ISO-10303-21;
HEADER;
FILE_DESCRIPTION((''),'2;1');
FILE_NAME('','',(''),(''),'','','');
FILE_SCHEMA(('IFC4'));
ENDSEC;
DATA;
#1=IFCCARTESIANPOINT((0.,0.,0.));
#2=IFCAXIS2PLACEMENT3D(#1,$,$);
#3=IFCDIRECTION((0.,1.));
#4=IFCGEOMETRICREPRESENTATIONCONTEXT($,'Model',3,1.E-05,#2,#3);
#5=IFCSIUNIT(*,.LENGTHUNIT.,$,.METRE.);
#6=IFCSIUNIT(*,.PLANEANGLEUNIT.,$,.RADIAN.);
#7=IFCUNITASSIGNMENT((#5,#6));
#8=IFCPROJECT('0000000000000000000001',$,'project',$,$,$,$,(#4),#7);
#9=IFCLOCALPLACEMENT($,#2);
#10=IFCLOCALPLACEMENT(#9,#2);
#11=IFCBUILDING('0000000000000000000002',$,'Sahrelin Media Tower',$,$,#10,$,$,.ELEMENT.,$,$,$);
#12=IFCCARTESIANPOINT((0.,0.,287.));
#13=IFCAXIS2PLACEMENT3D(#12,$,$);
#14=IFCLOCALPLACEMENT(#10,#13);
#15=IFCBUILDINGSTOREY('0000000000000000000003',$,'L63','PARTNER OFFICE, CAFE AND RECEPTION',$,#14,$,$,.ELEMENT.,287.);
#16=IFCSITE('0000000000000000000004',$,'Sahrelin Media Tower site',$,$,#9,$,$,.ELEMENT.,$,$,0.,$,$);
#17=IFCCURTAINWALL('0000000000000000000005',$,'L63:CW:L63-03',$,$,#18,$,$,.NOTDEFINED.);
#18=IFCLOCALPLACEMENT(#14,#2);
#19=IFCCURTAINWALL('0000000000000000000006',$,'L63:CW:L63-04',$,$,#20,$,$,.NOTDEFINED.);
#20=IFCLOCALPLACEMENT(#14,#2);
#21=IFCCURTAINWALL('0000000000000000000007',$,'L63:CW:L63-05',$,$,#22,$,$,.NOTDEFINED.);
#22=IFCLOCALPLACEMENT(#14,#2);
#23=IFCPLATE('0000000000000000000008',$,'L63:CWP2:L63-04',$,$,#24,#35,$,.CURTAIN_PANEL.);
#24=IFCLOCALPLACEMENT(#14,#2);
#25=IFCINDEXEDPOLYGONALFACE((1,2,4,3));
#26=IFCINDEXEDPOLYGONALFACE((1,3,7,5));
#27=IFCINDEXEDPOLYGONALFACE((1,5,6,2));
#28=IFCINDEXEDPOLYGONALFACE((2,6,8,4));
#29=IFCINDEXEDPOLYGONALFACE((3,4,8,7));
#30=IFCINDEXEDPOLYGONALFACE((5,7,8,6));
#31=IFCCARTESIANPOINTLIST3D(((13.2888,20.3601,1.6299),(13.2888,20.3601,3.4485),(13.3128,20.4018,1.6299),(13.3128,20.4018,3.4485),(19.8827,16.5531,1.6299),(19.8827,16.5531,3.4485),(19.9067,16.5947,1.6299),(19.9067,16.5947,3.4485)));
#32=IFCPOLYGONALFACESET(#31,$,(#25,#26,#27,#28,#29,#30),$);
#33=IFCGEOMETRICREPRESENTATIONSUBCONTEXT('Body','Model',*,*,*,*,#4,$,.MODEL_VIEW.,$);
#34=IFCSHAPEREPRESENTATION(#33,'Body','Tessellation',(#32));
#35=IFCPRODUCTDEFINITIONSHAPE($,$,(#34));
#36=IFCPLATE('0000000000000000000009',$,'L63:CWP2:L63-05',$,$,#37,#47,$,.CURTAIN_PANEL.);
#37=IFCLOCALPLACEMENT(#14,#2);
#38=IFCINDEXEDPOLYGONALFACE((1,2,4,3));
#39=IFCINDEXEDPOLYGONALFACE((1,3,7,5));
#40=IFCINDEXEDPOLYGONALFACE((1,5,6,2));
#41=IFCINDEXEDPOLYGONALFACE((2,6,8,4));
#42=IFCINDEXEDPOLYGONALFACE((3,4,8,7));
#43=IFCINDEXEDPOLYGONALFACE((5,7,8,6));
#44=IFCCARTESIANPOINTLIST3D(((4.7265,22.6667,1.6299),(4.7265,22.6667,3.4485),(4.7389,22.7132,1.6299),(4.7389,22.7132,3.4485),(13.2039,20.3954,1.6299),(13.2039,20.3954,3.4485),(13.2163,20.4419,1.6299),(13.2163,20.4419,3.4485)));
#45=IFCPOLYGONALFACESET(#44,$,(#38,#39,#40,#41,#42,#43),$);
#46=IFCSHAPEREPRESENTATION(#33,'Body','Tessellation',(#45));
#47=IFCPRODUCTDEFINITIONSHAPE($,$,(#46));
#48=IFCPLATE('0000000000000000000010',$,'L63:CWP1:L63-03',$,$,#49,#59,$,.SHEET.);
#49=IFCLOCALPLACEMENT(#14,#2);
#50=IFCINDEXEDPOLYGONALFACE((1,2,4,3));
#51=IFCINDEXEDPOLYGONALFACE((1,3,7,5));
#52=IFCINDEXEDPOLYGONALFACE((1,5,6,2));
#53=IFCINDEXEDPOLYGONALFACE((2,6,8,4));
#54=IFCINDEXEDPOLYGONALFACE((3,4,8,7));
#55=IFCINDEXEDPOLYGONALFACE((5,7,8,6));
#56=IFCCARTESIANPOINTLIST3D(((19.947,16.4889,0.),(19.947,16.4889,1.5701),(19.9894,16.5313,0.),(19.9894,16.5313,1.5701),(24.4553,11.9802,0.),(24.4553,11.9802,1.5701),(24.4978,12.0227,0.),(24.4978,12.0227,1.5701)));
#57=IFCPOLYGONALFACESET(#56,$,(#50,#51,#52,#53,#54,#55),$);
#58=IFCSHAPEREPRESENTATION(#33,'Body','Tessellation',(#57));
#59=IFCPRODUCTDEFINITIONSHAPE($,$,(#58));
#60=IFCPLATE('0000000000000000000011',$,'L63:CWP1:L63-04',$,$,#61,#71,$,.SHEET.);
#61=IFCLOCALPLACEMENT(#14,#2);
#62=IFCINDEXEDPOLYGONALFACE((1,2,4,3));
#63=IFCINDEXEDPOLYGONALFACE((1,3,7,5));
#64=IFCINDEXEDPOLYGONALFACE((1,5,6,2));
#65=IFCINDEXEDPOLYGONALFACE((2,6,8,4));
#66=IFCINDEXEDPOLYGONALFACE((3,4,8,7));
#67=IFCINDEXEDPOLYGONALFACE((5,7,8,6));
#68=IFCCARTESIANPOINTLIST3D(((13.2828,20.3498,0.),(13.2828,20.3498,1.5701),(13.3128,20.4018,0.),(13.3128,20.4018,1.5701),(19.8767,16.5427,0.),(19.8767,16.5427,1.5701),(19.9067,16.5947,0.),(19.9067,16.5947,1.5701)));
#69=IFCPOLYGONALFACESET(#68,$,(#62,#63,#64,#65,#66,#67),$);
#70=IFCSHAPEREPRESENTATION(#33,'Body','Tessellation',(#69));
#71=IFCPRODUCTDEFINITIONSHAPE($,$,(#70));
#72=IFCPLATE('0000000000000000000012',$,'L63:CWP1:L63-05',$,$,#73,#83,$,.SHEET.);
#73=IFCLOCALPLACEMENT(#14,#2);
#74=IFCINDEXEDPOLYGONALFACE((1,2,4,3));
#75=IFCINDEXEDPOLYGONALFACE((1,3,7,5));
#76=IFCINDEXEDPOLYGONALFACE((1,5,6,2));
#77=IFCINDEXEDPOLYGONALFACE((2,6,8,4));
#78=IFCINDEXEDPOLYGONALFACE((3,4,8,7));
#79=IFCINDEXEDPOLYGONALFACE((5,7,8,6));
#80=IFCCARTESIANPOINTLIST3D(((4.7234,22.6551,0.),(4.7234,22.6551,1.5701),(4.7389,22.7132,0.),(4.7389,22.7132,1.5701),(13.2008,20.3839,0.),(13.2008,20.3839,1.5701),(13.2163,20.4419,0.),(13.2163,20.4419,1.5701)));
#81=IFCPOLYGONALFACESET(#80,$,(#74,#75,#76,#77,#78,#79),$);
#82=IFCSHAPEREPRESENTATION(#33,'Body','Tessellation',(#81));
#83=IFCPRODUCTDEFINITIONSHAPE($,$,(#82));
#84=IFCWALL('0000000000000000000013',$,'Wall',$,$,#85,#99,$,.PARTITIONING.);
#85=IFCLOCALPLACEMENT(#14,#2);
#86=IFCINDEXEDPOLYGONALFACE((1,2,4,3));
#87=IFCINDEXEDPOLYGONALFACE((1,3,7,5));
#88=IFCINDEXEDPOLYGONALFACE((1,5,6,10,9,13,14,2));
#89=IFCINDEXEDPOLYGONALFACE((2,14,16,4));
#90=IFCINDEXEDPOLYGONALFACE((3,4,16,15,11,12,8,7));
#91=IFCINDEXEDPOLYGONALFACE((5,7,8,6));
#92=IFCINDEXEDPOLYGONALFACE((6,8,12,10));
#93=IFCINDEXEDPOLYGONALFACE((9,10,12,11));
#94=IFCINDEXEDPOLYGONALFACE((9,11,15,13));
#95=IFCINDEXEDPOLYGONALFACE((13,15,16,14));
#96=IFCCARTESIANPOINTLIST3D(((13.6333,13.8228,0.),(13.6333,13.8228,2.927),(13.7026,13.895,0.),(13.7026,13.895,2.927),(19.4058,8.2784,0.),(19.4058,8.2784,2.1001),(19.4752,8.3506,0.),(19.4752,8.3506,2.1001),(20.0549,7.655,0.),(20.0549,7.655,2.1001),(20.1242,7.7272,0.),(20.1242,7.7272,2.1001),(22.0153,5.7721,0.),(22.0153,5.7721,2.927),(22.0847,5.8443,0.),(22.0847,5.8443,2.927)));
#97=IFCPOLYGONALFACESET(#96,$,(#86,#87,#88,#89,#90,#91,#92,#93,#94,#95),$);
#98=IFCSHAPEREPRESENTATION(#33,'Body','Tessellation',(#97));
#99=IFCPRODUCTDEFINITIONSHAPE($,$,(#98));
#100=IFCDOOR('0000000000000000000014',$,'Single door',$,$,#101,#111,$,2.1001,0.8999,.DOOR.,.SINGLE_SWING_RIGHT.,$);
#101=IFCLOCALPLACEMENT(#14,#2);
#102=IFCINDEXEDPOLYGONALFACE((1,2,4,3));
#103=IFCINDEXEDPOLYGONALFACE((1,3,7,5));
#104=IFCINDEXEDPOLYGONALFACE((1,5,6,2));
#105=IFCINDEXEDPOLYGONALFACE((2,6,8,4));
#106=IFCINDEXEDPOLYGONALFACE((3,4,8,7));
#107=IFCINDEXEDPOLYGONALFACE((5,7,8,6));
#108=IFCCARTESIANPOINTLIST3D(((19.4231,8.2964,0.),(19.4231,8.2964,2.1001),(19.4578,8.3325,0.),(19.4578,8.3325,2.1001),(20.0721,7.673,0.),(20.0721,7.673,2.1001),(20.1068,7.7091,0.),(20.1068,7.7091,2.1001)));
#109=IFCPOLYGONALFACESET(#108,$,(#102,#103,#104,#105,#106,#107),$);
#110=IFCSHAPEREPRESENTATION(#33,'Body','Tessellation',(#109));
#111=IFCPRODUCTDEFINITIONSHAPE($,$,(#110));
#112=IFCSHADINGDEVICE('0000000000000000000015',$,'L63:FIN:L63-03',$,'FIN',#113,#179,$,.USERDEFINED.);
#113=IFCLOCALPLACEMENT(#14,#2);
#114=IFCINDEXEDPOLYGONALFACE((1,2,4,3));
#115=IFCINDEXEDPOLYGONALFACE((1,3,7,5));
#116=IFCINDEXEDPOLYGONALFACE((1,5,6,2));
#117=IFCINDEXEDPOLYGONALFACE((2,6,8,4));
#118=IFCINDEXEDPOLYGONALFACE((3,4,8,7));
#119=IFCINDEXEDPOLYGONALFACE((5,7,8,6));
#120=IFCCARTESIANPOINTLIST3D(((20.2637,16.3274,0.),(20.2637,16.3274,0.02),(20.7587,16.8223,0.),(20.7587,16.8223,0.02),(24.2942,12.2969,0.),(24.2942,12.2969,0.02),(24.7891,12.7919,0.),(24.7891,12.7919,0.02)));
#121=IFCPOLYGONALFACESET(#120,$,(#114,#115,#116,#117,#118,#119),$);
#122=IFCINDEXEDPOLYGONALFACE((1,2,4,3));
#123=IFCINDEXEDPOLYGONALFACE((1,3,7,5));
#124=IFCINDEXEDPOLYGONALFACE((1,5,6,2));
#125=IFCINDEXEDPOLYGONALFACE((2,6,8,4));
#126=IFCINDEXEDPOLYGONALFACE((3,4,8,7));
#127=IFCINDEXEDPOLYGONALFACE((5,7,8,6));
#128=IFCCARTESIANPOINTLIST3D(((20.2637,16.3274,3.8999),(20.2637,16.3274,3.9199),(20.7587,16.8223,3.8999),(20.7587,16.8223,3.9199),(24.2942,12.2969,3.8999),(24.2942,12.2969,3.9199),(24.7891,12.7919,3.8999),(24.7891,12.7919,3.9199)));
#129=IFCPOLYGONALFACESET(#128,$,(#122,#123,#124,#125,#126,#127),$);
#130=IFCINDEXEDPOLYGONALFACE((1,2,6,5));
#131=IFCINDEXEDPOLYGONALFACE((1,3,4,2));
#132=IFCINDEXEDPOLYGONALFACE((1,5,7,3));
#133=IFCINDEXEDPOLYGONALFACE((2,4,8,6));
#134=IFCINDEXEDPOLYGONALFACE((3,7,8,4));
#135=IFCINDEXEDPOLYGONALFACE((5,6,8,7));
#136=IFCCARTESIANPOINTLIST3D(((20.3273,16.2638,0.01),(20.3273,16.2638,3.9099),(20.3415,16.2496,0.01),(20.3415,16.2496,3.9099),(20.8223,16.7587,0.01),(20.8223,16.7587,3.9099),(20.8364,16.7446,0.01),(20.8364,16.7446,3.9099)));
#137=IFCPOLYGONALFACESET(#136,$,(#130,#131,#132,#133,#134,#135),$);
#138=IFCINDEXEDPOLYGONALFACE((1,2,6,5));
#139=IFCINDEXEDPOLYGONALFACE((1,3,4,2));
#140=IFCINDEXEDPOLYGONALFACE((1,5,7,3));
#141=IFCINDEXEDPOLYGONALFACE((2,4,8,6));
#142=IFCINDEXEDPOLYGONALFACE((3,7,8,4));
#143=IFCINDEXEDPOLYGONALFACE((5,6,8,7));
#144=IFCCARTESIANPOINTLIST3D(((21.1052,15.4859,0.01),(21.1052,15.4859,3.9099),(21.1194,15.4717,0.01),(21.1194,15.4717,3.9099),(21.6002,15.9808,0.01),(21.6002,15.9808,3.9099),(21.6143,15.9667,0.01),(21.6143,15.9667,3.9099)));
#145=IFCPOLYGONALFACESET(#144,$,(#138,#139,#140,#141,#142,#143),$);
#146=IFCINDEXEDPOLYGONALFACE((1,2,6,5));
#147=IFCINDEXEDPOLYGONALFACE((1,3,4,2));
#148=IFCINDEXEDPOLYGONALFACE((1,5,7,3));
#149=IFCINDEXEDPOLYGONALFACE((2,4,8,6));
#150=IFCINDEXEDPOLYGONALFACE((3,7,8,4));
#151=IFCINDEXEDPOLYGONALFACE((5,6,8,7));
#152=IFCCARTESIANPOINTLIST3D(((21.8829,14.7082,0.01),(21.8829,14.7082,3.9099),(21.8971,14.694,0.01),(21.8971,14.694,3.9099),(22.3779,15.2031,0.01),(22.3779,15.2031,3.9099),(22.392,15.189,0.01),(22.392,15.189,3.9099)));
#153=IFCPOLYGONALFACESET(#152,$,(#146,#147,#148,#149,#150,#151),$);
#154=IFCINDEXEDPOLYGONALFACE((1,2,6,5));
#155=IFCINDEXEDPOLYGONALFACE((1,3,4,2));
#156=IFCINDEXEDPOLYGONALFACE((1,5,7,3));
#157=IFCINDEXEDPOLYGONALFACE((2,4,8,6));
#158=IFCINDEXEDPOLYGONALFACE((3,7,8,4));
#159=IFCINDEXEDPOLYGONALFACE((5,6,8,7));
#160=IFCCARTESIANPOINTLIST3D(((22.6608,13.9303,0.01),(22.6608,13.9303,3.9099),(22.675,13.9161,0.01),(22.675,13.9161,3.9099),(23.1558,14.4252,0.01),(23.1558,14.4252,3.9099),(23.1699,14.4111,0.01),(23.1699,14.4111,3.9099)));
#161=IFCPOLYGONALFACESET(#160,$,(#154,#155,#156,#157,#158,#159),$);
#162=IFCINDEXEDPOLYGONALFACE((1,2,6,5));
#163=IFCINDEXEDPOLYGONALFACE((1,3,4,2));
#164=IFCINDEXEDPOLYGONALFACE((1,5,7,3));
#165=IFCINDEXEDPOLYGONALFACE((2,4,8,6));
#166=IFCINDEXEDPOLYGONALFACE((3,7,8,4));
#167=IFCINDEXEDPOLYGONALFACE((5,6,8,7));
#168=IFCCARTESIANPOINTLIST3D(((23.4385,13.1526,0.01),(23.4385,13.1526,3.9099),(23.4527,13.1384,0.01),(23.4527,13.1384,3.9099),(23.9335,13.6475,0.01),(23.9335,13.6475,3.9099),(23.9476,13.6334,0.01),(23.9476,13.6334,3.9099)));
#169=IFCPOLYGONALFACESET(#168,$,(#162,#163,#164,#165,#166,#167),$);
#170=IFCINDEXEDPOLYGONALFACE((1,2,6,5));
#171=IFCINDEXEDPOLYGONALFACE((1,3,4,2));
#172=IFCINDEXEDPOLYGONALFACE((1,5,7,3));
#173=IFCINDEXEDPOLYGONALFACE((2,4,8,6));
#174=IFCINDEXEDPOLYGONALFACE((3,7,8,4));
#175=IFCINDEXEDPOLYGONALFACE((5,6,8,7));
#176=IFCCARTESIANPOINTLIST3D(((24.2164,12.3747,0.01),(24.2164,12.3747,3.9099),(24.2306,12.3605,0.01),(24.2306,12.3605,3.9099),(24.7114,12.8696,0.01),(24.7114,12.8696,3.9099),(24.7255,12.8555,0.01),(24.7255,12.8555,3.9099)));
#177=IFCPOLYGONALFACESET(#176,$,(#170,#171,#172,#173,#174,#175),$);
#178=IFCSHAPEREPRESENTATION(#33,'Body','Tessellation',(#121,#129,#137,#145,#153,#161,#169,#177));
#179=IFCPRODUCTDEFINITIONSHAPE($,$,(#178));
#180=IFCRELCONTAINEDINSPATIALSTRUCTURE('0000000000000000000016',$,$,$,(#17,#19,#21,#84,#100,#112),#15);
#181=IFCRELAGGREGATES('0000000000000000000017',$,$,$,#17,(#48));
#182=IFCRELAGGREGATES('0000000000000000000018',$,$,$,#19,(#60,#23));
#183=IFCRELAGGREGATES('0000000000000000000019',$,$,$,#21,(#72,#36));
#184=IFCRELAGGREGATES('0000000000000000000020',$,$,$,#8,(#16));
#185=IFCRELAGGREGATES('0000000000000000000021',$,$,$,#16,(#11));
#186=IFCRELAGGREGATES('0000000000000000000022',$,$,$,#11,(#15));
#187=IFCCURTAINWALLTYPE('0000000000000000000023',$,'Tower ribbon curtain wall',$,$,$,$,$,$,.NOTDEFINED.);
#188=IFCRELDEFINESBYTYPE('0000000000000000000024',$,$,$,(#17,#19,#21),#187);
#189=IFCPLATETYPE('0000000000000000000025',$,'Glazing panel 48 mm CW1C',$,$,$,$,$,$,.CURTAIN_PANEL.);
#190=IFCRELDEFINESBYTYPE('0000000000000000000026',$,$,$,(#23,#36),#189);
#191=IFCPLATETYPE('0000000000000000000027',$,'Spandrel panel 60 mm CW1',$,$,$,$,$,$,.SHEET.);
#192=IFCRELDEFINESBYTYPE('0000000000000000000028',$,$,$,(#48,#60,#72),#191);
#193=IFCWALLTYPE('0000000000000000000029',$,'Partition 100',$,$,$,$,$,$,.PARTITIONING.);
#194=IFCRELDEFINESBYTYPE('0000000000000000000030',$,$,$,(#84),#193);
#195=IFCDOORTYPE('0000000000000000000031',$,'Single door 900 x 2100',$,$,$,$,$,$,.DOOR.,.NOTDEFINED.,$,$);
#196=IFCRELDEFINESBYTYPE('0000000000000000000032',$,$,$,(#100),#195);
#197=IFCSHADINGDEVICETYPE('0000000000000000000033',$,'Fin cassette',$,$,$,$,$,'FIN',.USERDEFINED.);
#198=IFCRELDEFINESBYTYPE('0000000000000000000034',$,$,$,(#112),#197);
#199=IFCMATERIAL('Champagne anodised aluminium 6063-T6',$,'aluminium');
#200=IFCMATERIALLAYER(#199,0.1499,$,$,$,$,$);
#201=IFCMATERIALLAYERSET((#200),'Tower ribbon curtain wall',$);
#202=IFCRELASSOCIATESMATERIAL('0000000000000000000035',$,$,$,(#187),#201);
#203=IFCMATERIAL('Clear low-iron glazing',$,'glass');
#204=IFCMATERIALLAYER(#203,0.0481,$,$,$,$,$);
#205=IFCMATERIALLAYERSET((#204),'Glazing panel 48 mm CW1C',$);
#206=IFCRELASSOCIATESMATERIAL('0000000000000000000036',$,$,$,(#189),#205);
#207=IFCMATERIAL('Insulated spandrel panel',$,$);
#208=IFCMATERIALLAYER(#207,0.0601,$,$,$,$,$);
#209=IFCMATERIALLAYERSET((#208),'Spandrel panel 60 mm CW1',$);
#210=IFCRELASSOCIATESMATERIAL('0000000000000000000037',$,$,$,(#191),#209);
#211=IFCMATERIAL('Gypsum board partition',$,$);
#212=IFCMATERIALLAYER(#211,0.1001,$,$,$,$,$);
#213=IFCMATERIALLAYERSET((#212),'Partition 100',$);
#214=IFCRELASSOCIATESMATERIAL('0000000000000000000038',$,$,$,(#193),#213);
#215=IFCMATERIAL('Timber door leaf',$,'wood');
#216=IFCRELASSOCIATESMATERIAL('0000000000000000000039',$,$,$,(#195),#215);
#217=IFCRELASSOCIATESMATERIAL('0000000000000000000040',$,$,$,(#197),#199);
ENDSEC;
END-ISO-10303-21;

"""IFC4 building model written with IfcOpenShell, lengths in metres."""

from ifc_helpers import new_model, si_unit, direction, frame, frame_2d, origin, origin_2d, place, context, subcontext, project, spatial, polyline, rectangle, outline, extrude, material, layer, layer_set, type_object, element, fill, aggregate, save


model = new_model("IFC4")

# Units and contexts
model_context = context("Model", 3, precision=1e-05, world=origin(), true_north=direction((0.0, 1.0)))
body_context = subcontext(model_context, "Body", "Model", "MODEL_VIEW")
ifc_project = project(units=[si_unit("LENGTHUNIT", "METRE"), si_unit("PLANEANGLEUNIT", "RADIAN")], contexts=[model_context])

# Site, building, storey
site_placement = place(None, origin())
site = spatial("IfcSite", under=ifc_project, at=site_placement, Name="Sahrelin Media Tower site", CompositionType="ELEMENT", RefElevation=0.0)
building_placement = place(site_placement, origin())
building = spatial("IfcBuilding", under=site, at=building_placement, Name="Sahrelin Media Tower", CompositionType="ELEMENT")
storey_placement = place(building_placement, frame((0.0, 0.0, 287.0)))
storey = spatial("IfcBuildingStorey", under=building, at=storey_placement, Name="L63", Description="PARTNER OFFICE, CAFE AND RECEPTION", CompositionType="ELEMENT", Elevation=287.0)

# Curtain walls
ifc_material_1 = material(Name="Champagne anodised aluminium 6063-T6", Category="aluminium")
ifc_layer_1 = layer(ifc_material_1, 0.1499)
ifc_layer_set_1 = layer_set([ifc_layer_1], Name="Tower ribbon curtain wall")
curtain_wall_type = type_object("IfcCurtainWallType", Name="Tower ribbon curtain wall", PredefinedType="NOTDEFINED", material=ifc_layer_set_1)
curtain_wall_1_placement = place(storey_placement, frame((22.2295, 14.2627, 0.0), z_axis=(0.0, 0.0, 1.0), x_axis=(1.0, 0.0, 0.0)))
curtain_wall_1 = element("IfcCurtainWall", 1, at=curtain_wall_1_placement, inside=storey, type_object=curtain_wall_type, Name="L63:CW:L63-03", PredefinedType="NOTDEFINED")
curtain_wall_2_placement = place(storey_placement, frame((16.5999, 18.481, 0.0), z_axis=(0.0, 0.0, 1.0), x_axis=(1.0, 0.0, 0.0)))
curtain_wall_2 = element("IfcCurtainWall", 2, at=curtain_wall_2_placement, inside=storey, type_object=curtain_wall_type, Name="L63:CW:L63-04", PredefinedType="NOTDEFINED")

# Curtain wall
curtain_wall_3_placement = place(storey_placement, frame((8.9724, 21.5581, 0.0), z_axis=(0.0, 0.0, 1.0), x_axis=(1.0, 0.0, 0.0)))
curtain_wall_3 = element("IfcCurtainWall", 3, at=curtain_wall_3_placement, inside=storey, type_object=curtain_wall_type, Name="L63:CW:L63-05", PredefinedType="NOTDEFINED")

# Plates
ifc_material_2 = material(Name="Clear low-iron glazing", Category="glass")
ifc_layer_2 = layer(ifc_material_2, 0.0481)
ifc_layer_set_2 = layer_set([ifc_layer_2], Name="Glazing panel 48 mm CW1C")
plate_type_1 = type_object("IfcPlateType", Name="Glazing panel 48 mm CW1C", PredefinedType="CURTAIN_PANEL", material=ifc_layer_set_2)
plate_1_placement = place(storey_placement, frame((19.9067, 16.5947, 1.6299), z_axis=(0.500008, 0.866021, 0.0), x_axis=(-0.866021, 0.500008, 0.0)))
plate_1 = element("IfcPlate", 4, at=plate_1_placement, type_object=plate_type_1, Name="L63:CWP2:L63-04", PredefinedType="CURTAIN_PANEL", context=body_context, shape_type="SweptSolid", body=[
    extrude(outline(polyline([(0.0, 0.0), (7.614, 0.0), (7.614, 1.8186), (0.0, 1.8186), (0.0, 0.0)])), origin(), (0.0, 0.0, -1.0), 0.0481),
])
plate_2_placement = place(storey_placement, frame((13.2163, 20.4419, 1.6299), z_axis=(0.258793, 0.965933, 0.0), x_axis=(-0.965933, 0.258793, 0.0)))
plate_2 = element("IfcPlate", 5, at=plate_2_placement, type_object=plate_type_1, Name="L63:CWP2:L63-05", PredefinedType="CURTAIN_PANEL", context=body_context, shape_type="SweptSolid", body=[
    extrude(outline(polyline([(0.0, 0.0), (8.7764, 0.0), (8.7764, 1.8186), (0.0, 1.8186), (0.0, 0.0)])), origin(), (0.0, 0.0, -1.0), 0.0481),
])
ifc_material_3 = material(Name="Insulated spandrel panel")
ifc_layer_3 = layer(ifc_material_3, 0.0601)
ifc_layer_set_3 = layer_set([ifc_layer_3], Name="Spandrel panel 60 mm CW1")
plate_type_2 = type_object("IfcPlateType", Name="Spandrel panel 60 mm CW1", PredefinedType="SHEET", material=ifc_layer_set_3)
plate_3_placement = place(storey_placement, frame((24.4978, 12.0227, 0.0), z_axis=(0.707126, 0.707088, 0.0), x_axis=(-0.707088, 0.707126, 0.0)))
plate_3 = element("IfcPlate", 6, at=plate_3_placement, type_object=plate_type_2, Name="L63:CWP1:L63-03", PredefinedType="SHEET", context=body_context, shape_type="SweptSolid", body=[
    extrude(outline(polyline([(0.0, 0.0), (6.376, 0.0), (6.376, 1.5701), (0.0, 1.5701), (0.0, 0.0)])), origin(), (0.0, 0.0, -1.0), 0.0601),
])
aggregate(curtain_wall_1, [plate_3])
plate_4_placement = place(storey_placement, frame((19.9067, 16.5947, 0.0), z_axis=(0.500008, 0.866021, 0.0), x_axis=(-0.866021, 0.500008, 0.0)))
plate_4 = element("IfcPlate", 7, at=plate_4_placement, type_object=plate_type_2, Name="L63:CWP1:L63-04", PredefinedType="SHEET", context=body_context, shape_type="SweptSolid", body=[
    extrude(outline(polyline([(0.0, 0.0), (7.614, 0.0), (7.614, 1.5701), (0.0, 1.5701), (0.0, 0.0)])), origin(), (0.0, 0.0, -1.0), 0.0601),
])
aggregate(curtain_wall_2, [plate_4, plate_1])
plate_5_placement = place(storey_placement, frame((13.2163, 20.4419, 0.0), z_axis=(0.258793, 0.965933, 0.0), x_axis=(-0.965933, 0.258793, 0.0)))
plate_5 = element("IfcPlate", 8, at=plate_5_placement, type_object=plate_type_2, Name="L63:CWP1:L63-05", PredefinedType="SHEET", context=body_context, shape_type="SweptSolid", body=[
    extrude(outline(polyline([(0.0, 0.0), (8.7764, 0.0), (8.7764, 1.5701), (0.0, 1.5701), (0.0, 0.0)])), origin(), (0.0, 0.0, -1.0), 0.0601),
])
aggregate(curtain_wall_3, [plate_5, plate_2])

# Wall, opening, door
ifc_material_4 = material(Name="Gypsum board partition")
ifc_layer_4 = layer(ifc_material_4, 0.1001)
ifc_layer_set_4 = layer_set([ifc_layer_4], Name="Partition 100")
wall_type = type_object("IfcWallType", Name="Partition 100", PredefinedType="PARTITIONING", material=ifc_layer_set_4)
wall_placement = place(storey_placement, frame((13.668, 13.8589, 0.0), z_axis=(0.0, 0.0, 1.0), x_axis=(0.721216, -0.69271, 0.0)))
wall = element("IfcWall", 9, at=wall_placement, inside=storey, type_object=wall_type, Name="Wall", PredefinedType="PARTITIONING", context=body_context, shape_type="SweptSolid", body=[
    extrude(rectangle(XDim=11.6221, YDim=0.1001, at=frame_2d((5.811, 0.0))), origin(), (0.0, 0.0, 1.0), 2.927),
])
opening_placement = place(wall_placement, frame((8.0039, 0.0, 0.0)))
opening = element("IfcOpeningElement", 10, at=opening_placement, cuts=wall, PredefinedType="OPENING", context=body_context, shape_type="SweptSolid", body=[
    extrude(rectangle(XDim=0.8999, YDim=2.1001, at=frame_2d((0.45, 1.05))), frame((0.0, 0.05, 0.0), z_axis=(0.0, -1.0, 0.0), x_axis=(1.0, 0.0, 0.0)), (0.0, 0.0, 1.0), 0.1001),
])
ifc_material_5 = material(Name="Timber door leaf", Category="wood")
door_type = type_object("IfcDoorType", Name="Single door 900 x 2100", OperationType="NOTDEFINED", PredefinedType="DOOR", material=ifc_material_5)
door_placement = place(opening_placement, origin())
door = element("IfcDoor", 11, at=door_placement, inside=storey, type_object=door_type, Name="Single door", OperationType="SINGLE_SWING_RIGHT", OverallHeight=2.1001, OverallWidth=0.8999, PredefinedType="DOOR", context=body_context, shape_type="SweptSolid", body=[
    extrude(rectangle(XDim=0.8999, YDim=2.1001, at=frame_2d((0.45, 1.05))), frame((0.0, 0.0249, 0.0), z_axis=(0.0, -1.0, 0.0), x_axis=(1.0, 0.0, 0.0)), (0.0, 0.0, 1.0), 0.05),
])
fill(opening, door)

# Shading device
shading_device_type_1 = type_object("IfcShadingDeviceType", Name="Fin cassette", ElementType="FIN", PredefinedType="USERDEFINED", material=ifc_material_1)
placement_1 = place(storey_placement, frame((22.2295, 14.2627, 0.0), z_axis=(0.0, 0.0, 1.0), x_axis=(0.707107, -0.707107, 0.0)))
element("IfcShadingDevice", 12, at=placement_1, inside=storey, type_object=shading_device_type_1, Name="L63:FIN:L63-03", ObjectType="FIN", PredefinedType="USERDEFINED", context=body_context, shape_type="SweptSolid", body=[
    extrude(rectangle(XDim=5.7, YDim=0.7, at=origin_2d()), frame((0.0, 0.4199, 0.0)), (0.0, 0.0, 1.0), 0.02),
    extrude(rectangle(XDim=5.7, YDim=0.7, at=origin_2d()), frame((0.0, 0.4199, 3.8999)), (0.0, 0.0, 1.0), 0.02),
    extrude(rectangle(XDim=0.02, YDim=0.7, at=origin_2d()), frame((-2.75, 0.4199, 0.01), z_axis=(0.0, 0.0, 1.0), x_axis=(1.0, 0.0, 0.0)), (0.0, 0.0, 1.0), 3.8999),
    extrude(rectangle(XDim=0.02, YDim=0.7, at=origin_2d()), frame((-1.6499, 0.4199, 0.01), z_axis=(0.0, 0.0, 1.0), x_axis=(1.0, 0.0, 0.0)), (0.0, 0.0, 1.0), 3.8999),
    extrude(rectangle(XDim=0.02, YDim=0.7, at=origin_2d()), frame((-0.55, 0.4199, 0.01), z_axis=(0.0, 0.0, 1.0), x_axis=(1.0, 0.0, 0.0)), (0.0, 0.0, 1.0), 3.8999),
    extrude(rectangle(XDim=0.02, YDim=0.7, at=origin_2d()), frame((0.55, 0.4199, 0.01), z_axis=(0.0, 0.0, 1.0), x_axis=(1.0, 0.0, 0.0)), (0.0, 0.0, 1.0), 3.8999),
    extrude(rectangle(XDim=0.02, YDim=0.7, at=origin_2d()), frame((1.6499, 0.4199, 0.01), z_axis=(0.0, 0.0, 1.0), x_axis=(1.0, 0.0, 0.0)), (0.0, 0.0, 1.0), 3.8999),
    extrude(rectangle(XDim=0.02, YDim=0.7, at=origin_2d()), frame((2.75, 0.4199, 0.01), z_axis=(0.0, 0.0, 1.0), x_axis=(1.0, 0.0, 0.0)), (0.0, 0.0, 1.0), 3.8999),
])

save(model, "model.ifc")
